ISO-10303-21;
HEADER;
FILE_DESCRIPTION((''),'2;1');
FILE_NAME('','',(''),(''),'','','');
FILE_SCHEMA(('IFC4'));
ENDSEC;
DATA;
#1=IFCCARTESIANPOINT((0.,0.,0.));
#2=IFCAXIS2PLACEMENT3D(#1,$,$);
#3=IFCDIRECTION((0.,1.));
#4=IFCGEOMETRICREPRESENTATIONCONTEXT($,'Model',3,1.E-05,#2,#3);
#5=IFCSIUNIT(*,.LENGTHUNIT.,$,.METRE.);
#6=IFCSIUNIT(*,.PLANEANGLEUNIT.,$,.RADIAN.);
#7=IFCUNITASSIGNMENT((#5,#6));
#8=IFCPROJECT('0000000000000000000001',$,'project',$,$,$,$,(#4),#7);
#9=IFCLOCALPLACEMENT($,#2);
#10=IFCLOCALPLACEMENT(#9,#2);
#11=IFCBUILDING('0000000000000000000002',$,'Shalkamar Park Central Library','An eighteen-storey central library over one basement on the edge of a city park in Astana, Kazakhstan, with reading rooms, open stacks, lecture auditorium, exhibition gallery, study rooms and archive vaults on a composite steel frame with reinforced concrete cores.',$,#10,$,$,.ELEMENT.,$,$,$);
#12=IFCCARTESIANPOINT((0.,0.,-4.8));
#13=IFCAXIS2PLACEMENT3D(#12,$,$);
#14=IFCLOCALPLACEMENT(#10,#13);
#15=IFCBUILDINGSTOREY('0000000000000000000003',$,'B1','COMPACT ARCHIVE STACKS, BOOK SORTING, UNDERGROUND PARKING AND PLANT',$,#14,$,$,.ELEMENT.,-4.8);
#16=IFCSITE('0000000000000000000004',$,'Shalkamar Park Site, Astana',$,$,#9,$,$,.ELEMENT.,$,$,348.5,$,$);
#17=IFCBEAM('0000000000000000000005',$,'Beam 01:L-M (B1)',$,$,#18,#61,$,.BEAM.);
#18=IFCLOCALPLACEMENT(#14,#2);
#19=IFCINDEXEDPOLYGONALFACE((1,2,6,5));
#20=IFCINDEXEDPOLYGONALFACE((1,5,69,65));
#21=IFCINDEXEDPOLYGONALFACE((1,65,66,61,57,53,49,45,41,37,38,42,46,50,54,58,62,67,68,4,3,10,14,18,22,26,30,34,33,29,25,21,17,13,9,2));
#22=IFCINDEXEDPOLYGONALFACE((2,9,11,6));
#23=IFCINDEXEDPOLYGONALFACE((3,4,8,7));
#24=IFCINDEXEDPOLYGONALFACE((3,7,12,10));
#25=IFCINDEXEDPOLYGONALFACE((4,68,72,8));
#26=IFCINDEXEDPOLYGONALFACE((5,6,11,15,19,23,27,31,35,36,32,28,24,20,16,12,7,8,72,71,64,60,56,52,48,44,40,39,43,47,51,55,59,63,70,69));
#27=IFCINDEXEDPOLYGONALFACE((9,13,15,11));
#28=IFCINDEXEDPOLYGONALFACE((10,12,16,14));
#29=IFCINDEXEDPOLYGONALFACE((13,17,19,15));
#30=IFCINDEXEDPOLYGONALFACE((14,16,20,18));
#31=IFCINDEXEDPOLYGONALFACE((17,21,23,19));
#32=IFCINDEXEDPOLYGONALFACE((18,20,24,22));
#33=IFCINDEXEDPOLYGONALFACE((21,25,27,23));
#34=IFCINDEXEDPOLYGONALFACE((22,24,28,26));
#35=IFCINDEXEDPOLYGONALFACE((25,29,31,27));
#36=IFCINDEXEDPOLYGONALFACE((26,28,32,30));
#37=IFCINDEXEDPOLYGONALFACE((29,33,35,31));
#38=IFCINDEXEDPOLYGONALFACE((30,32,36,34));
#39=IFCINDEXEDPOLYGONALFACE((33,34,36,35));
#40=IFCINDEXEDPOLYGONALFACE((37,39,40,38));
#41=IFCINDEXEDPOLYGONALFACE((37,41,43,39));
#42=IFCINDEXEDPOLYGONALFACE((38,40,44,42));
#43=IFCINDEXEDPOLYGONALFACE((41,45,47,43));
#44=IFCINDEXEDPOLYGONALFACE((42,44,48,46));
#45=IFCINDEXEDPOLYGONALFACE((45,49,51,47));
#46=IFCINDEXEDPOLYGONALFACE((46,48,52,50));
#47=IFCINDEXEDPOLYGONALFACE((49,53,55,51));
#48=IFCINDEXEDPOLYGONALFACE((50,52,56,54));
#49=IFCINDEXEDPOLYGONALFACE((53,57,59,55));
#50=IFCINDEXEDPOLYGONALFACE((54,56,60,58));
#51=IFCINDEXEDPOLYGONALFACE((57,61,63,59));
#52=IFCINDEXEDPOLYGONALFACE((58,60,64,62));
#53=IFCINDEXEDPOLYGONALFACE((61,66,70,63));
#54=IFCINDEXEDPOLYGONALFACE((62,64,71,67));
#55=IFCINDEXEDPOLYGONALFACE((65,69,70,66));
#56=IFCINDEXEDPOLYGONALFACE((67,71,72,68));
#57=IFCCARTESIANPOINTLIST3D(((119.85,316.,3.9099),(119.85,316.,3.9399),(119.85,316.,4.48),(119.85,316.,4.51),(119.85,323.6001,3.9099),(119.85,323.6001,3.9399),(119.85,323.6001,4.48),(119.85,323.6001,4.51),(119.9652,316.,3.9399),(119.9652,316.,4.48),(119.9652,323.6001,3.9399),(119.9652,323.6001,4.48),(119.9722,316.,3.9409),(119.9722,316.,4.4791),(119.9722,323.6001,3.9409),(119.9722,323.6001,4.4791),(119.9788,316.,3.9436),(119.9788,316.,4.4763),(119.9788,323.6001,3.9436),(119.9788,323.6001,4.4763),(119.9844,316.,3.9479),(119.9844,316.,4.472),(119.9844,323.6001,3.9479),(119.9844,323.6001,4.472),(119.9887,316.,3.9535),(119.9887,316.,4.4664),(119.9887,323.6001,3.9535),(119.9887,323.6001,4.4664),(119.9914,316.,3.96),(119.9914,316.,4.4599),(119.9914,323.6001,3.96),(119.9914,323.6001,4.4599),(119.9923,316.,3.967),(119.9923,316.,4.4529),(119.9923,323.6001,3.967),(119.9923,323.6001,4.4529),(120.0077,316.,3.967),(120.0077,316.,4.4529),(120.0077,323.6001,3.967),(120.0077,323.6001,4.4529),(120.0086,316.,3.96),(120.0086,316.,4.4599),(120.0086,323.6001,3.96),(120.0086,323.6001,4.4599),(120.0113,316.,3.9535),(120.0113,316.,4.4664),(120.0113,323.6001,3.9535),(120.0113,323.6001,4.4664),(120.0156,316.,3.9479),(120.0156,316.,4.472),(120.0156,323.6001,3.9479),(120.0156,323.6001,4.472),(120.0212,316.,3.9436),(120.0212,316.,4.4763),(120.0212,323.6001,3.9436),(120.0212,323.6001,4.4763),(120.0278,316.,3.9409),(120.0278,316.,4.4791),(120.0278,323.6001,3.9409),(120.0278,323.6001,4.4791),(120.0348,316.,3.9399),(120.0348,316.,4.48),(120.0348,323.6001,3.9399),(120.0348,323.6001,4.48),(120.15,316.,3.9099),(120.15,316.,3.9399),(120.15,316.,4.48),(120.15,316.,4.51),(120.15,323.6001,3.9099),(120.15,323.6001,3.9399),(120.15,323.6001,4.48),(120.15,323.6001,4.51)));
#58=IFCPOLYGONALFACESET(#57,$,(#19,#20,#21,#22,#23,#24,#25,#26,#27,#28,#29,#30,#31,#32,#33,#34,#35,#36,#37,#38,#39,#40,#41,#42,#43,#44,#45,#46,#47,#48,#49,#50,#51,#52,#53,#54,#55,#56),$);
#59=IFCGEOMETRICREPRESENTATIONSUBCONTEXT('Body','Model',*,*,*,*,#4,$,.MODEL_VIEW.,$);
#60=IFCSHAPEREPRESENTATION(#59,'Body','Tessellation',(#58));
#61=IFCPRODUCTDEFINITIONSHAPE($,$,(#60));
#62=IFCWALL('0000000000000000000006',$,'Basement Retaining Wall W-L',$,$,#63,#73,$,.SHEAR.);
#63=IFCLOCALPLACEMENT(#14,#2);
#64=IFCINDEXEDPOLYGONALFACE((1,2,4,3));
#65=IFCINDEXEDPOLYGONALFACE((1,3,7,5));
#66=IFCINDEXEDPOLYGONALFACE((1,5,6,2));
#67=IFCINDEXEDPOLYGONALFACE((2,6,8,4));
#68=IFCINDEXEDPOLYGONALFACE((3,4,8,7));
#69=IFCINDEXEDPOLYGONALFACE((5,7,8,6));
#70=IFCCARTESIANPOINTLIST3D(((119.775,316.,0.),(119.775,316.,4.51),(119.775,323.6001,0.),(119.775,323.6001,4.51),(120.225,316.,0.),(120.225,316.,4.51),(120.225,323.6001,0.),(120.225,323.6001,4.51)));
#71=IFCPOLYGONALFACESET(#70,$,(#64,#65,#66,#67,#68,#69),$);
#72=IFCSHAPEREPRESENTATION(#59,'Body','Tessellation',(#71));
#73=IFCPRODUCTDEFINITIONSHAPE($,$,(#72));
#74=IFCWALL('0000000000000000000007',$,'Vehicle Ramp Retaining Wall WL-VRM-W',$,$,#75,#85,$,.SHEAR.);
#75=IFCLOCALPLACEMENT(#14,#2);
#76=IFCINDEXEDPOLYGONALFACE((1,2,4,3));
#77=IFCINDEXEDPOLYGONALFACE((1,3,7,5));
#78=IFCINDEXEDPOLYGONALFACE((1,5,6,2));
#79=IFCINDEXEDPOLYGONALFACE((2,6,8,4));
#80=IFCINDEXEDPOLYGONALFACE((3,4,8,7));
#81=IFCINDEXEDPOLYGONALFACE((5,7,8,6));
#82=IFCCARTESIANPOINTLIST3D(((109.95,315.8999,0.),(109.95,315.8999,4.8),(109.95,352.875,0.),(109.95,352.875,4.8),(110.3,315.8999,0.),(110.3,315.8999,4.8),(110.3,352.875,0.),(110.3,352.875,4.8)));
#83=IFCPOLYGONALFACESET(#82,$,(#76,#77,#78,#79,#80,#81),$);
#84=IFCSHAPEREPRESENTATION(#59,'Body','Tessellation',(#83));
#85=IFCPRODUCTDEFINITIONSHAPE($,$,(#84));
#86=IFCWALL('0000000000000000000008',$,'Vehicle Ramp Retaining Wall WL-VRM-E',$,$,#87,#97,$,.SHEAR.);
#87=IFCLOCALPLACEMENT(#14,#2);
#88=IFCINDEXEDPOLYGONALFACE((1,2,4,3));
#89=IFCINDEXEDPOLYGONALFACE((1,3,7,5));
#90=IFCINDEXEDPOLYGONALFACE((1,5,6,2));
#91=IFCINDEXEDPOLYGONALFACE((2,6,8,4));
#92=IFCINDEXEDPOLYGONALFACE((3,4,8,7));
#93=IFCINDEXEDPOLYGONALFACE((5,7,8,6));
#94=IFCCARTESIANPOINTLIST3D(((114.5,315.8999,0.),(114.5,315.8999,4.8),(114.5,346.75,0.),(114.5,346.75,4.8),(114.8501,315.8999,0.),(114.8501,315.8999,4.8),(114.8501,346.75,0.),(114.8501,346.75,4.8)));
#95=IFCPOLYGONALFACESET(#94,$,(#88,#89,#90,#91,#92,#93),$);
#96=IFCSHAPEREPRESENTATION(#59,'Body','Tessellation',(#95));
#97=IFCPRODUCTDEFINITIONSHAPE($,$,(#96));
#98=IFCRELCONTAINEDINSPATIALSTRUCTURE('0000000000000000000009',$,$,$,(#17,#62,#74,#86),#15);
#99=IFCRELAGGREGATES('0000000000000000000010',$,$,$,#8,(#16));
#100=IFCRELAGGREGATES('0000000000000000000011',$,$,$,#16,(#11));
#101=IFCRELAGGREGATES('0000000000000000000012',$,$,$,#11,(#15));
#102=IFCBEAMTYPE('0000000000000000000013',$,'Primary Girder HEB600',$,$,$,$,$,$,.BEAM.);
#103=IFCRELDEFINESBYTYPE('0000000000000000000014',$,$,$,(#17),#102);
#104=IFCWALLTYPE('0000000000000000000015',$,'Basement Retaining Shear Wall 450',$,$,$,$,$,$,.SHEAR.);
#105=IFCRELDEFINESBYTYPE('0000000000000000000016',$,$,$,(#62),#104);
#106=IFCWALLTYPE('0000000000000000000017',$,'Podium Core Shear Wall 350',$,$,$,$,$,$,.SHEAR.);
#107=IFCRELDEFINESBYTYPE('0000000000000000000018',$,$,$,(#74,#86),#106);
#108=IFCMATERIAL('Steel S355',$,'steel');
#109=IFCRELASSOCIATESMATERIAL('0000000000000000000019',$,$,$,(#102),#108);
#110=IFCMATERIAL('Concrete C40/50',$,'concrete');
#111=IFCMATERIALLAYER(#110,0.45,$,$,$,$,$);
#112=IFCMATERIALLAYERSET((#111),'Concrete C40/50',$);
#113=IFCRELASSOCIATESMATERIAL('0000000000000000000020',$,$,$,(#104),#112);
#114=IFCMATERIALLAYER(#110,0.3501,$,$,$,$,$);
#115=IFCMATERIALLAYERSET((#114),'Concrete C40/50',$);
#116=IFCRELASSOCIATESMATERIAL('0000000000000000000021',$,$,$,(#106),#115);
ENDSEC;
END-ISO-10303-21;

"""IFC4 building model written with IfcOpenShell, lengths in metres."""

from ifc_helpers import new_model, si_unit, direction, frame, frame_2d, origin, origin_2d, place, context, subcontext, project, spatial, rectangle, i_section, extrude, material, layer, layer_set, material_profile, profile_set, type_object, element, save


model = new_model("IFC4")

# Units and contexts
model_context = context("Model", 3, precision=1e-05, world=origin(), true_north=direction((0.0, 1.0)))
body_context = subcontext(model_context, "Body", "Model", "MODEL_VIEW")
ifc_project = project(units=[si_unit("LENGTHUNIT", "METRE"), si_unit("PLANEANGLEUNIT", "RADIAN")], contexts=[model_context])

# Site, building, storey
site_placement = place(None, origin())
site = spatial("IfcSite", under=ifc_project, at=site_placement, Name="Shalkamar Park Site, Astana", CompositionType="ELEMENT", RefElevation=348.5)
building_placement = place(site_placement, origin())
building = spatial("IfcBuilding", under=site, at=building_placement, Name="Shalkamar Park Central Library", Description="An eighteen-storey central library over one basement on the edge of a city park in Astana, Kazakhstan, with reading rooms, open stacks, lecture auditorium, exhibition gallery, study rooms and archive vaults on a composite steel frame with reinforced concrete cores.", CompositionType="ELEMENT")
storey_placement = place(building_placement, frame((0.0, 0.0, -4.8)))
storey = spatial("IfcBuildingStorey", under=building, at=storey_placement, Name="B1", Description="COMPACT ARCHIVE STACKS, BOOK SORTING, UNDERGROUND PARKING AND PLANT", CompositionType="ELEMENT", Elevation=-4.8)

# Shared definitions
ifc_material_1 = material(Name="Concrete C40/50", Category="concrete")

# Beam
ifc_material_2 = material(Name="Steel S355", Category="steel")
ifc_material_profile_1 = material_profile(ifc_material_2, i_section(OverallWidth=0.3, OverallDepth=0.6001, WebThickness=0.0154, FlangeThickness=0.03, FilletRadius=0.0271, at=origin_2d()), Name="HEB 600")
ifc_profile_set_1 = profile_set([ifc_material_profile_1], Name="Steel S355")
beam_type = type_object("IfcBeamType", Name="Primary Girder HEB600", PredefinedType="BEAM", material=ifc_profile_set_1)
beam_1_placement = place(storey_placement, frame((120.0, 316.0, 4.21), z_axis=(0.0, 1.0, 0.0), x_axis=(-1.0, 0.0, 0.0)))
element("IfcBeam", 1, at=beam_1_placement, inside=storey, type_object=beam_type, Name="Beam 01:L-M (B1)", PredefinedType="BEAM", context=body_context, shape_type="SweptSolid", body=[
    extrude(i_section(OverallWidth=0.3, OverallDepth=0.6001, WebThickness=0.0154, FlangeThickness=0.03, FilletRadius=0.0271, at=origin_2d()), origin(), (0.0, 0.0, 1.0), 7.6001),
])

# Walls
ifc_layer_1 = layer(ifc_material_1, 0.45)
ifc_layer_set_1 = layer_set([ifc_layer_1], Name="Concrete C40/50")
wall_type_1 = type_object("IfcWallType", Name="Basement Retaining Shear Wall 450", PredefinedType="SHEAR", material=ifc_layer_set_1)
wall_1_placement = place(storey_placement, frame((120.0, 316.0, 0.0), z_axis=(0.0, 0.0, 1.0), x_axis=(0.0, 1.0, 0.0)))
element("IfcWall", 2, at=wall_1_placement, inside=storey, type_object=wall_type_1, Name="Basement Retaining Wall W-L", PredefinedType="SHEAR", context=body_context, shape_type="SweptSolid", body=[
    extrude(rectangle(XDim=7.6001, YDim=0.45, at=frame_2d((3.8, 0.0))), origin(), (0.0, 0.0, 1.0), 4.51),
])
ifc_layer_2 = layer(ifc_material_1, 0.3501)
ifc_layer_set_2 = layer_set([ifc_layer_2], Name="Concrete C40/50")
wall_type_2 = type_object("IfcWallType", Name="Podium Core Shear Wall 350", PredefinedType="SHEAR", material=ifc_layer_set_2)
wall_2_placement = place(storey_placement, frame((110.125, 315.8999, 0.0), z_axis=(0.0, 0.0, 1.0), x_axis=(0.0, 1.0, 0.0)))
element("IfcWall", 3, at=wall_2_placement, inside=storey, type_object=wall_type_2, Name="Vehicle Ramp Retaining Wall WL-VRM-W", PredefinedType="SHEAR", context=body_context, shape_type="SweptSolid", body=[
    extrude(rectangle(XDim=36.9751, YDim=0.3501, at=frame_2d((18.4875, 0.0))), origin(), (0.0, 0.0, 1.0), 4.8),
])
wall_3_placement = place(storey_placement, frame((114.675, 315.8999, 0.0), z_axis=(0.0, 0.0, 1.0), x_axis=(0.0, 1.0, 0.0)))
element("IfcWall", 4, at=wall_3_placement, inside=storey, type_object=wall_type_2, Name="Vehicle Ramp Retaining Wall WL-VRM-E", PredefinedType="SHEAR", context=body_context, shape_type="SweptSolid", body=[
    extrude(rectangle(XDim=30.8501, YDim=0.3501, at=frame_2d((15.425, 0.0))), origin(), (0.0, 0.0, 1.0), 4.8),
])

save(model, "model.ifc")
